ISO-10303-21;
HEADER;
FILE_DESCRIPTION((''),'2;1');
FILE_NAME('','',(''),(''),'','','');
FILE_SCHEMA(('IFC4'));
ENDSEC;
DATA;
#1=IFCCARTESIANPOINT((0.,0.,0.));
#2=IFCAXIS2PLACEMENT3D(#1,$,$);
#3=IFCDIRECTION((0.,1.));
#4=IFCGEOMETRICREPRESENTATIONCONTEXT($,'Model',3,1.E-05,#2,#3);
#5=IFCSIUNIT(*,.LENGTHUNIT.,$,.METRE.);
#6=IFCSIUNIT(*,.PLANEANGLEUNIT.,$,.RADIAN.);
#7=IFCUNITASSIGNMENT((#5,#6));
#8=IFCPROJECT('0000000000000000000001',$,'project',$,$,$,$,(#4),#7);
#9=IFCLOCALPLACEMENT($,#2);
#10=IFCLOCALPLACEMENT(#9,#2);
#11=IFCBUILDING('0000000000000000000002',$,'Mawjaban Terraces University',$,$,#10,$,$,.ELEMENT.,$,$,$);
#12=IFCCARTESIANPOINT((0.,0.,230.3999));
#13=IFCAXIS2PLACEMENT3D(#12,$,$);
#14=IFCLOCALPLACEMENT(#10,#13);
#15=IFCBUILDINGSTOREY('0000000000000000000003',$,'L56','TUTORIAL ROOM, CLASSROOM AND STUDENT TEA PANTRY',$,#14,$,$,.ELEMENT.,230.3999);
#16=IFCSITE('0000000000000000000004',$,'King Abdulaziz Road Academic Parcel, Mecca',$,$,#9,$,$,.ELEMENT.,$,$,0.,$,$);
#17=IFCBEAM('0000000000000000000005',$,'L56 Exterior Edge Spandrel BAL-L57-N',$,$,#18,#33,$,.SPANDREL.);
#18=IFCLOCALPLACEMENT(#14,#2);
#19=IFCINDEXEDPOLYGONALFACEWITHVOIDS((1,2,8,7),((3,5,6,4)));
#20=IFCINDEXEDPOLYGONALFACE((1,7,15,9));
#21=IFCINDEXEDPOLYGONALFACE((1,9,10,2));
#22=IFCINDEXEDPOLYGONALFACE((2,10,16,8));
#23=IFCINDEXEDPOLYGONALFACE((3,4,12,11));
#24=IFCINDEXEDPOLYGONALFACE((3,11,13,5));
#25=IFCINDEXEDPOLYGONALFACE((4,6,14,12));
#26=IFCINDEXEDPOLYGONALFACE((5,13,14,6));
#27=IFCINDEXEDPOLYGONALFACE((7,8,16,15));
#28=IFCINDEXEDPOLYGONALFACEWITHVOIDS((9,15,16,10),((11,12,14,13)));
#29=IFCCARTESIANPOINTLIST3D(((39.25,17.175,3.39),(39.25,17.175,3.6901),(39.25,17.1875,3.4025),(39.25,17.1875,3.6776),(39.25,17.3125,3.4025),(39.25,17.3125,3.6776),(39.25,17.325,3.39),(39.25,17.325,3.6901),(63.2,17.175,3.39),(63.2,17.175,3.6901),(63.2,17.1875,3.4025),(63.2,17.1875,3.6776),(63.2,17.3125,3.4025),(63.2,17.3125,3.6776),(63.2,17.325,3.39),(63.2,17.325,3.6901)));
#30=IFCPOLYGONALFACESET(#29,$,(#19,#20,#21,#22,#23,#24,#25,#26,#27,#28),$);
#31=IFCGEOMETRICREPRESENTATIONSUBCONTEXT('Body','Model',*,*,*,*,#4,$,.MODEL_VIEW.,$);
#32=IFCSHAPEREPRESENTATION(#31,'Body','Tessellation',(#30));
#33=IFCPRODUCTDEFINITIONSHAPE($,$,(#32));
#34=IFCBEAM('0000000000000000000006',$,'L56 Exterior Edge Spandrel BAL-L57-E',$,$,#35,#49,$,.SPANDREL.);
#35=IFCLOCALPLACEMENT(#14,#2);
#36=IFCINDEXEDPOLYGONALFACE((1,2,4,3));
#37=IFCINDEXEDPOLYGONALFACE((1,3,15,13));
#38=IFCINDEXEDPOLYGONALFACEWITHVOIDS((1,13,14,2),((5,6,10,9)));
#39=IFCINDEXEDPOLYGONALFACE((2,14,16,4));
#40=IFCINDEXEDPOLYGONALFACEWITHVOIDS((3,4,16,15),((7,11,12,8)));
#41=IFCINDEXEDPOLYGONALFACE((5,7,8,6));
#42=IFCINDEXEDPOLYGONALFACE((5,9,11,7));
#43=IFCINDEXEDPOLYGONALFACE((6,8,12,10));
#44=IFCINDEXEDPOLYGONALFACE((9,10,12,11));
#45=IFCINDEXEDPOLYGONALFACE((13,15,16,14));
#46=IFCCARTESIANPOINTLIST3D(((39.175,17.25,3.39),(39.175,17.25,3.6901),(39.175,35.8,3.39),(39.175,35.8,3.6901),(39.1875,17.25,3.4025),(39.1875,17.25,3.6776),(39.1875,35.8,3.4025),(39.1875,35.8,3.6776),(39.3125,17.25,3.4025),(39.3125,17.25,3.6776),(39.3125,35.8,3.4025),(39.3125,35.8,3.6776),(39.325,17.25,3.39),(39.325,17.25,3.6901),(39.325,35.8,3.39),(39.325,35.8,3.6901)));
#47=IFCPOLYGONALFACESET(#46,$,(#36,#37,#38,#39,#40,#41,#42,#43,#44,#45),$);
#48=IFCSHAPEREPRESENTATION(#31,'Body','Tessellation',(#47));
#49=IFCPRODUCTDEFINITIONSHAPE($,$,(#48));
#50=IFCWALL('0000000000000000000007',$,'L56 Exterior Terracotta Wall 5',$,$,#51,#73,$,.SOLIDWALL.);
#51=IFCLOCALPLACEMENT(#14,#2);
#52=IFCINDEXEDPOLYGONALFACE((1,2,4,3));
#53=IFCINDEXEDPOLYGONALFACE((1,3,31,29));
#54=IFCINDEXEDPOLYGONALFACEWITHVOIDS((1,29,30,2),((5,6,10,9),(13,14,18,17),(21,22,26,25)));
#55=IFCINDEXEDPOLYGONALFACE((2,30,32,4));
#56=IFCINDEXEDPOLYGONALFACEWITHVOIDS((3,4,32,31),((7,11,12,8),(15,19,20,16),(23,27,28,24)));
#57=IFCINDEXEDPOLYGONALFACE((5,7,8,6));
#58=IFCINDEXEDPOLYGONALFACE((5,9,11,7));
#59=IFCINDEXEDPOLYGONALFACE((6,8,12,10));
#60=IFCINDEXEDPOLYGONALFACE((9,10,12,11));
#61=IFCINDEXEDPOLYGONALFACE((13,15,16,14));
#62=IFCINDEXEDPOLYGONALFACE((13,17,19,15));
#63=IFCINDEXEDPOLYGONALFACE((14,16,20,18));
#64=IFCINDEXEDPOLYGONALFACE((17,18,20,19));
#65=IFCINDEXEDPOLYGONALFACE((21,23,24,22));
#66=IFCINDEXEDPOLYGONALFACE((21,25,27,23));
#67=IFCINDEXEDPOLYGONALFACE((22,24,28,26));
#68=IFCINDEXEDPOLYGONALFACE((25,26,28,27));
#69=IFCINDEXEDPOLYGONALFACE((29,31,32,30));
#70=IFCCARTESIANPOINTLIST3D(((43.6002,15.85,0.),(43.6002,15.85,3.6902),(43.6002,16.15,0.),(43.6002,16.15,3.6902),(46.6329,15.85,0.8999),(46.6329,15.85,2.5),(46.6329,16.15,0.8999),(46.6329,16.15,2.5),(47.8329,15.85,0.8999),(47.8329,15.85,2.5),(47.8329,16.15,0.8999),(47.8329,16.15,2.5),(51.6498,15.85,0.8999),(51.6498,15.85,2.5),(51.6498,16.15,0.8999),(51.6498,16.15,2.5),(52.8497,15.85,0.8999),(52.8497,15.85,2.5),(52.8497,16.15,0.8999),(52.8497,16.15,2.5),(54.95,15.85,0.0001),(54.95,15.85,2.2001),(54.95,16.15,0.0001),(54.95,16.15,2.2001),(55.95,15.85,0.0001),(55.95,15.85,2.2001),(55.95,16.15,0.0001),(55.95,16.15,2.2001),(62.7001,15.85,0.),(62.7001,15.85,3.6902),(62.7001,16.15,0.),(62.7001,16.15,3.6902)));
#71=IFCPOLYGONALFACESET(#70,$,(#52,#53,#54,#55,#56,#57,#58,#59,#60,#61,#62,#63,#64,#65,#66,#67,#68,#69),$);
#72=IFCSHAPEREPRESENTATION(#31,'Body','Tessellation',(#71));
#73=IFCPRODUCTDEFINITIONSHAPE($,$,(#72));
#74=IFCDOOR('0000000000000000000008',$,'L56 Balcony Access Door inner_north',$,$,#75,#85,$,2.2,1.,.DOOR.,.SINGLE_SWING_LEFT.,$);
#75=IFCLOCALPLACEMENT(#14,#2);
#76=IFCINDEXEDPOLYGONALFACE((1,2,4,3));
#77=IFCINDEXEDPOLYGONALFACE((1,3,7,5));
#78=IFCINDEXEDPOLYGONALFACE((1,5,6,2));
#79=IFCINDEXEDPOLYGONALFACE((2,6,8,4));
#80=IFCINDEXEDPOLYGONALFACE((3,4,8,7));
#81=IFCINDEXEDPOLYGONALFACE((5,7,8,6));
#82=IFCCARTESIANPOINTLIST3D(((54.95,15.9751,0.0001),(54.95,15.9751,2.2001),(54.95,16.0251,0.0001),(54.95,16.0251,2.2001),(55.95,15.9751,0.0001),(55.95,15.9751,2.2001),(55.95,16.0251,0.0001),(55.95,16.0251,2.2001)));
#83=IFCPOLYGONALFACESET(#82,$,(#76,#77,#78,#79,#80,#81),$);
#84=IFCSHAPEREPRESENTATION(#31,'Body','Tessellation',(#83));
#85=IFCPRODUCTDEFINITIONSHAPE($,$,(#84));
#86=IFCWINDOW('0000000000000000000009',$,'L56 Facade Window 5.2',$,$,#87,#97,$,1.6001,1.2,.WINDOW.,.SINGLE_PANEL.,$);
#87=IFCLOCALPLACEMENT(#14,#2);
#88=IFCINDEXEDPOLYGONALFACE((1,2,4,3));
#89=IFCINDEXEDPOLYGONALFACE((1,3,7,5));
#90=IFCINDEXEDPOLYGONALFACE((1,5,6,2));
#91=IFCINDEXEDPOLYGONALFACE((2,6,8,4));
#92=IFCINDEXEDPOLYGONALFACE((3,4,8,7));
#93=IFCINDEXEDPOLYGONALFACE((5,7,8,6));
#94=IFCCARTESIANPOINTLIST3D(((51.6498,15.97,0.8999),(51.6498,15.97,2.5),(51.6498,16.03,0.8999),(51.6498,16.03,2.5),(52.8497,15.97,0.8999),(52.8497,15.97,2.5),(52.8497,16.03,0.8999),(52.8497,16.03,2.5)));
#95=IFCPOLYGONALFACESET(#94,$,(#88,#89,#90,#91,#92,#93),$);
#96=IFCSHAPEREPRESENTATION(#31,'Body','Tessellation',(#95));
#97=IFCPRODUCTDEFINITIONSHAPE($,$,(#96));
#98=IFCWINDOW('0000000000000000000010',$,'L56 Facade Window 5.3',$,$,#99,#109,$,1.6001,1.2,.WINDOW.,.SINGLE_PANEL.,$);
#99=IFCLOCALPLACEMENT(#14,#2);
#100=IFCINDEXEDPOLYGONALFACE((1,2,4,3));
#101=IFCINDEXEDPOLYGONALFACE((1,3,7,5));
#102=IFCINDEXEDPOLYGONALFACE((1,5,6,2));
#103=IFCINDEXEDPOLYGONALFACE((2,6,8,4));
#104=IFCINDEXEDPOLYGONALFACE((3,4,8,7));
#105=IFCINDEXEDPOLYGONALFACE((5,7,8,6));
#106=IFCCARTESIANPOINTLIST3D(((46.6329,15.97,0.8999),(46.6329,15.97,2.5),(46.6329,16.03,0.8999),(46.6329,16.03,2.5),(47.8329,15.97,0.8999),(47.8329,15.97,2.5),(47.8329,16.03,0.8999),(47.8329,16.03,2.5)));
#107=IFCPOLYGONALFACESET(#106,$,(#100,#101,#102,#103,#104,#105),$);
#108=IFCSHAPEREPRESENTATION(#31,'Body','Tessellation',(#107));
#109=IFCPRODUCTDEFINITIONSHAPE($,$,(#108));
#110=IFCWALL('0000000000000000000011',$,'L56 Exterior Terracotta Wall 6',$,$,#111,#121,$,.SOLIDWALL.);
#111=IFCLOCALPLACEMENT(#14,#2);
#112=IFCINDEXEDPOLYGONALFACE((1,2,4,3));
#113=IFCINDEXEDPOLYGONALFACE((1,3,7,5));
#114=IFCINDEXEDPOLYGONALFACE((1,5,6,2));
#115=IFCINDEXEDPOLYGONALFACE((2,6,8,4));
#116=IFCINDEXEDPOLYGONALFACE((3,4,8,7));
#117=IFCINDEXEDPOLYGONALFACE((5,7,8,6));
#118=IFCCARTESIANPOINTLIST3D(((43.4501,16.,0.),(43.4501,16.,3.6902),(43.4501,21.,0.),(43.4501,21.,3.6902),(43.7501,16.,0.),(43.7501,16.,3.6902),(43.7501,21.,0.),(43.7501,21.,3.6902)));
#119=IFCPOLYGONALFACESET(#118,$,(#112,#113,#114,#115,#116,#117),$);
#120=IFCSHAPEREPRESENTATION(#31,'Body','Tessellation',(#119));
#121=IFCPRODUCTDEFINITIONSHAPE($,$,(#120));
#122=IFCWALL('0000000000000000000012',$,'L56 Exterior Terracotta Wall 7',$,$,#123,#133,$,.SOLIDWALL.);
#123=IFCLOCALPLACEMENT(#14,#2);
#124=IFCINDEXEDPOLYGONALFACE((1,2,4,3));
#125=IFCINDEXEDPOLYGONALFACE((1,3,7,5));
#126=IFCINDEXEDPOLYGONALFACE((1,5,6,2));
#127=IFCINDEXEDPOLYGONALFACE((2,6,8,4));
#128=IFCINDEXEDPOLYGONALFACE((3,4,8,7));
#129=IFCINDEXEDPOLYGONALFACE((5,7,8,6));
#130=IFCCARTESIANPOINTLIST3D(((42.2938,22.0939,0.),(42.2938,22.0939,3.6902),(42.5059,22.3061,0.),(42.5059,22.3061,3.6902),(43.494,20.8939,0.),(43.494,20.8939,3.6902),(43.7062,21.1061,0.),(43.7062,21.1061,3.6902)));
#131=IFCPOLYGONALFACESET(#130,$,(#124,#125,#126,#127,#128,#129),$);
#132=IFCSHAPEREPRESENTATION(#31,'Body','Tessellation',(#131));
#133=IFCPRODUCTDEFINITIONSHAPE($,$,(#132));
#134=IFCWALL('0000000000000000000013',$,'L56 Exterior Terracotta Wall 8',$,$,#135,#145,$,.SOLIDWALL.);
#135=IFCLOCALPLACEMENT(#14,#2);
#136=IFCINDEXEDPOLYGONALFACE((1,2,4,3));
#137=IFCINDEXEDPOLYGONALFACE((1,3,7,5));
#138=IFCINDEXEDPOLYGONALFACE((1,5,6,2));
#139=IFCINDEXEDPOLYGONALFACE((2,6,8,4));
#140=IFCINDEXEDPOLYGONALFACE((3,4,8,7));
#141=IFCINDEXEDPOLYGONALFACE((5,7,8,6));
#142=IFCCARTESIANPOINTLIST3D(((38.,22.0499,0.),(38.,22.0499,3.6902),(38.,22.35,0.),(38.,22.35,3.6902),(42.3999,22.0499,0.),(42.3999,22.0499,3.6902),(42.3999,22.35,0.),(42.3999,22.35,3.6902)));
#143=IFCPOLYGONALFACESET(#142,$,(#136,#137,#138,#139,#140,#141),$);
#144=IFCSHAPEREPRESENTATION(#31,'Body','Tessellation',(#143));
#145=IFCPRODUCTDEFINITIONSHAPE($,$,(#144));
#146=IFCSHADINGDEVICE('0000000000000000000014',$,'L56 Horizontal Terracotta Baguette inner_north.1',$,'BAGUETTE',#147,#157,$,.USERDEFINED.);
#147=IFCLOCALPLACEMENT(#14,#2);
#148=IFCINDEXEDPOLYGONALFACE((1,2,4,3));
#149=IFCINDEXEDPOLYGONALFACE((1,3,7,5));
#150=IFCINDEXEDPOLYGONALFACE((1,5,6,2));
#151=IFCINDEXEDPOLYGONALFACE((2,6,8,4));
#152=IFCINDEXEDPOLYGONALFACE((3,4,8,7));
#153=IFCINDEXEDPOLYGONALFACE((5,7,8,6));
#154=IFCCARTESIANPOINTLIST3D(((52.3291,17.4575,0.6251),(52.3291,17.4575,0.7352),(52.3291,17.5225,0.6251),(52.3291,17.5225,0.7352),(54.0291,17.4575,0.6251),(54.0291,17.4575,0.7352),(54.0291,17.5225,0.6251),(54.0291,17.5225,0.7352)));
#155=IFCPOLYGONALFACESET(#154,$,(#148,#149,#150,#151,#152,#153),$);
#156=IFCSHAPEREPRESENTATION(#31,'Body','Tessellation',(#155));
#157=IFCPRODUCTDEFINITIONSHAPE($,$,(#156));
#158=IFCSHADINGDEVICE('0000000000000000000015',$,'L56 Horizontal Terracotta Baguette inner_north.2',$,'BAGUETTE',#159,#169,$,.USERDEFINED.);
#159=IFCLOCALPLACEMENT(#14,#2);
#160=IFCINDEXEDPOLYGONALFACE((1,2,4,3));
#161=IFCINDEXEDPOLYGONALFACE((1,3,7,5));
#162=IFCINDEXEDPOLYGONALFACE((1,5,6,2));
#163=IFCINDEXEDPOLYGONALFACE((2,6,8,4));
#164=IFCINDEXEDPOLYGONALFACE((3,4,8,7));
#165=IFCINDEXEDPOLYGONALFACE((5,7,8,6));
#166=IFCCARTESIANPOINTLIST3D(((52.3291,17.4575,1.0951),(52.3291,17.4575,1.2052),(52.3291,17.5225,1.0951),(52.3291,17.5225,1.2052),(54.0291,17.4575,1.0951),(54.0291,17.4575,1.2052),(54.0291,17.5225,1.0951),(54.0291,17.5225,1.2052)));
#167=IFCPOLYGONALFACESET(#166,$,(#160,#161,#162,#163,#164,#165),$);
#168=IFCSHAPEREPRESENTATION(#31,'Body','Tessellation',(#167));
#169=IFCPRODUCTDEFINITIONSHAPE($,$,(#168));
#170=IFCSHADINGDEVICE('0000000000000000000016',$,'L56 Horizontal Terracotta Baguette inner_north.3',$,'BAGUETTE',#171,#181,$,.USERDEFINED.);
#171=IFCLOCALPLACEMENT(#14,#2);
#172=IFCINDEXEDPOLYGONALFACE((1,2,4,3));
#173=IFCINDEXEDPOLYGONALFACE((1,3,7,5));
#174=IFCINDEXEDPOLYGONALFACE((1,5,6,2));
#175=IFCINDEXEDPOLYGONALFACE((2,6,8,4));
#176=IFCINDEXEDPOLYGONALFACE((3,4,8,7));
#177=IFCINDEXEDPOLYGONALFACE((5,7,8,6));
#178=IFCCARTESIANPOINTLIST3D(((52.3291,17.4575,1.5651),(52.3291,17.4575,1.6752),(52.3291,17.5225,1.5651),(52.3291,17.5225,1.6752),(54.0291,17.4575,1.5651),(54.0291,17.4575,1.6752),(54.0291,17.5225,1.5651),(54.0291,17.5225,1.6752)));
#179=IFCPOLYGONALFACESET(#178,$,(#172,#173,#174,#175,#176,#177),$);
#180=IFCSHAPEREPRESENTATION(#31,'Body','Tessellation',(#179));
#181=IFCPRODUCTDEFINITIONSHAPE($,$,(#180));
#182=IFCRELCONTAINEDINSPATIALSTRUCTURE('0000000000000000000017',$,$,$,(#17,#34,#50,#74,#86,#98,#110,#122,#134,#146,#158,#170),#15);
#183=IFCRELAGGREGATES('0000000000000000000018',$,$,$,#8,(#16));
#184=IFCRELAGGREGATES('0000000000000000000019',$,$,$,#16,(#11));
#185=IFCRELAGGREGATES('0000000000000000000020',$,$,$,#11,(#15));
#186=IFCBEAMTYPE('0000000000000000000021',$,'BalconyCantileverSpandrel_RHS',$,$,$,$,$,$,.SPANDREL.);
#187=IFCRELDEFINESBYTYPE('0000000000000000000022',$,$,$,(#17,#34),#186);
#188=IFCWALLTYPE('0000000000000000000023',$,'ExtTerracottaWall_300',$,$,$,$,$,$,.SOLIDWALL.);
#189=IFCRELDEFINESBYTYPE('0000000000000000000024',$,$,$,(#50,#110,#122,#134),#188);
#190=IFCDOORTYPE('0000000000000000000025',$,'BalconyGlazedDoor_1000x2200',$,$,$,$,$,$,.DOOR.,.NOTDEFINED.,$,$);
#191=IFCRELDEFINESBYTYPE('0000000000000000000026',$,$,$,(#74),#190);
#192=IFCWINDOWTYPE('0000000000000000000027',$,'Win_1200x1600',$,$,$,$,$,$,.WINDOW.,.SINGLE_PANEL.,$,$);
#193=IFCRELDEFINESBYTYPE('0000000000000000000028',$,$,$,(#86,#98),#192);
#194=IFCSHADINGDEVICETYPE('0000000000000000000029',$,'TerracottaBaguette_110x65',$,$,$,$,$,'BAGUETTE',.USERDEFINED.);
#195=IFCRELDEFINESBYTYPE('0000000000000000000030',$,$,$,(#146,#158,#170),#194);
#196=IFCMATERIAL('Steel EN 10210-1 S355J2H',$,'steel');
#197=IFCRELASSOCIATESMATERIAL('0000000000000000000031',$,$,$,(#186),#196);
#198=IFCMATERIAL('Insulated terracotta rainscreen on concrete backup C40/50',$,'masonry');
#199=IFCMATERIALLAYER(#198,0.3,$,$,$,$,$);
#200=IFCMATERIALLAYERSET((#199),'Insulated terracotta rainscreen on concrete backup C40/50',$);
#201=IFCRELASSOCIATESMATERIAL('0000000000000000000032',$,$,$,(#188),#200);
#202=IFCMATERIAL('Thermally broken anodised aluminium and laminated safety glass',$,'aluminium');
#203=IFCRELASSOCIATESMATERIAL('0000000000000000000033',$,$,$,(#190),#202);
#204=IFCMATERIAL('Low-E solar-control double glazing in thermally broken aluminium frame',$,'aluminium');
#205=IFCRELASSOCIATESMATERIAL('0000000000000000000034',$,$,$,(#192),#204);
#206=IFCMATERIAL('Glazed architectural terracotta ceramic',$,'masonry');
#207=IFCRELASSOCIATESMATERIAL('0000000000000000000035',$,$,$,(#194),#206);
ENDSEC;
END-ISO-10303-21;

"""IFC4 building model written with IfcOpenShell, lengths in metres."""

from ifc_helpers import new_model, si_unit, direction, frame, frame_2d, origin, origin_2d, place, context, subcontext, project, spatial, rectangle, hollow_rectangle, extrude, material, layer, layer_set, material_profile, profile_set, type_object, element, fill, save


model = new_model("IFC4")

# Units and contexts
model_context = context("Model", 3, precision=1e-05, world=origin(), true_north=direction((0.0, 1.0)))
body_context = subcontext(model_context, "Body", "Model", "MODEL_VIEW")
ifc_project = project(units=[si_unit("LENGTHUNIT", "METRE"), si_unit("PLANEANGLEUNIT", "RADIAN")], contexts=[model_context])

# Site, building, storey
site_placement = place(None, origin())
site = spatial("IfcSite", under=ifc_project, at=site_placement, Name="King Abdulaziz Road Academic Parcel, Mecca", CompositionType="ELEMENT", RefElevation=0.0)
building_placement = place(site_placement, origin())
building = spatial("IfcBuilding", under=site, at=building_placement, Name="Mawjaban Terraces University", CompositionType="ELEMENT")
storey_placement = place(building_placement, frame((0.0, 0.0, 230.3999)))
storey = spatial("IfcBuildingStorey", under=building, at=storey_placement, Name="L56", Description="TUTORIAL ROOM, CLASSROOM AND STUDENT TEA PANTRY", CompositionType="ELEMENT", Elevation=230.3999)

# Beams
ifc_material_1 = material(Name="Steel EN 10210-1 S355J2H", Category="steel")
ifc_material_profile_1 = material_profile(ifc_material_1, hollow_rectangle(XDim=0.1499, YDim=0.3, WallThickness=0.0125, at=origin_2d()), Name="RHS300X150X12.5")
ifc_profile_set_1 = profile_set([ifc_material_profile_1], Name="Steel EN 10210-1 S355J2H")
beam_type = type_object("IfcBeamType", Name="BalconyCantileverSpandrel_RHS", PredefinedType="SPANDREL", material=ifc_profile_set_1)
beam_1_placement = place(storey_placement, frame((39.25, 17.25, 3.54), z_axis=(1.0, 0.0, 0.0), x_axis=(0.0, 1.0, 0.0)))
element("IfcBeam", 1, at=beam_1_placement, inside=storey, type_object=beam_type, Name="L56 Exterior Edge Spandrel BAL-L57-N", PredefinedType="SPANDREL", context=body_context, shape_type="SweptSolid", body=[
    extrude(hollow_rectangle(XDim=0.1499, YDim=0.3, WallThickness=0.0125, at=origin_2d()), origin(), (0.0, 0.0, 1.0), 23.95),
])
beam_2_placement = place(storey_placement, frame((39.25, 17.25, 3.54), z_axis=(0.0, 1.0, 0.0), x_axis=(-1.0, 0.0, 0.0)))
element("IfcBeam", 2, at=beam_2_placement, inside=storey, type_object=beam_type, Name="L56 Exterior Edge Spandrel BAL-L57-E", PredefinedType="SPANDREL", context=body_context, shape_type="SweptSolid", body=[
    extrude(hollow_rectangle(XDim=0.1499, YDim=0.3, WallThickness=0.0125, at=origin_2d()), origin(), (0.0, 0.0, 1.0), 18.55),
])

# Wall, openings, door, windows
ifc_material_2 = material(Name="Insulated terracotta rainscreen on concrete backup C40/50", Category="masonry")
ifc_layer_1 = layer(ifc_material_2, 0.3)
ifc_layer_set_1 = layer_set([ifc_layer_1], Name="Insulated terracotta rainscreen on concrete backup C40/50")
wall_type = type_object("IfcWallType", Name="ExtTerracottaWall_300", PredefinedType="SOLIDWALL", material=ifc_layer_set_1)
wall_1_placement = place(storey_placement, frame((62.7, 16.0, 0.0), z_axis=(0.0, 0.0, 1.0), x_axis=(-1.0, 0.0, 0.0)))
wall_1 = element("IfcWall", 3, at=wall_1_placement, inside=storey, type_object=wall_type, Name="L56 Exterior Terracotta Wall 5", PredefinedType="SOLIDWALL", context=body_context, shape_type="SweptSolid", body=[
    extrude(rectangle(XDim=19.0999, YDim=0.3, at=frame_2d((9.5498, 0.0))), origin(), (0.0, 0.0, 1.0), 3.6902),
])
opening_1_placement = place(wall_1_placement, frame((6.75, 0.0, 0.0)))
opening_1 = element("IfcOpeningElement", 4, at=opening_1_placement, cuts=wall_1, PredefinedType="OPENING", context=body_context, shape_type="SweptSolid", body=[
    extrude(rectangle(XDim=1.0, YDim=2.2, at=frame_2d((0.5, 1.1001))), frame((0.0, 0.1599, 0.0), z_axis=(0.0, -1.0, 0.0), x_axis=(1.0, 0.0, 0.0)), (0.0, 0.0, 1.0), 0.3201),
])
opening_2_placement = place(wall_1_placement, frame((9.8501, 0.0, 0.8999)))
opening_2 = element("IfcOpeningElement", 5, at=opening_2_placement, cuts=wall_1, PredefinedType="OPENING", context=body_context, shape_type="SweptSolid", body=[
    extrude(rectangle(XDim=1.2, YDim=1.6001, at=frame_2d((0.6001, 0.8))), frame((0.0, 0.1599, 0.0), z_axis=(0.0, -1.0, 0.0), x_axis=(1.0, 0.0, 0.0)), (0.0, 0.0, 1.0), 0.3201),
])
opening_3_placement = place(wall_1_placement, frame((14.8669, 0.0, 0.8999)))
opening_3 = element("IfcOpeningElement", 6, at=opening_3_placement, cuts=wall_1, PredefinedType="OPENING", context=body_context, shape_type="SweptSolid", body=[
    extrude(rectangle(XDim=1.2, YDim=1.6001, at=frame_2d((0.6001, 0.8))), frame((0.0, 0.1599, 0.0), z_axis=(0.0, -1.0, 0.0), x_axis=(1.0, 0.0, 0.0)), (0.0, 0.0, 1.0), 0.3201),
])
ifc_material_3 = material(Name="Thermally broken anodised aluminium and laminated safety glass", Category="aluminium")
door_type = type_object("IfcDoorType", Name="BalconyGlazedDoor_1000x2200", OperationType="NOTDEFINED", PredefinedType="DOOR", material=ifc_material_3)
door_placement = place(opening_1_placement, origin())
door = element("IfcDoor", 7, at=door_placement, inside=storey, type_object=door_type, Name="L56 Balcony Access Door inner_north", OperationType="SINGLE_SWING_LEFT", OverallHeight=2.2, OverallWidth=1.0, PredefinedType="DOOR", context=body_context, shape_type="SweptSolid", body=[
    extrude(rectangle(XDim=1.0, YDim=2.2, at=frame_2d((0.5, 1.1001))), frame((0.0, 0.0249, 0.0), z_axis=(0.0, -1.0, 0.0), x_axis=(1.0, 0.0, 0.0)), (0.0, 0.0, 1.0), 0.05),
])
fill(opening_1, door)
ifc_material_4 = material(Name="Low-E solar-control double glazing in thermally broken aluminium frame", Category="aluminium")
window_type = type_object("IfcWindowType", Name="Win_1200x1600", PartitioningType="SINGLE_PANEL", PredefinedType="WINDOW", material=ifc_material_4)
window_1_placement = place(opening_2_placement, origin())
window_1 = element("IfcWindow", 8, at=window_1_placement, inside=storey, type_object=window_type, Name="L56 Facade Window 5.2", OverallHeight=1.6001, OverallWidth=1.2, PartitioningType="SINGLE_PANEL", PredefinedType="WINDOW", context=body_context, shape_type="SweptSolid", body=[
    extrude(rectangle(XDim=1.2, YDim=1.6001, at=frame_2d((0.6001, 0.8))), frame((0.0, 0.03, 0.0), z_axis=(0.0, -1.0, 0.0), x_axis=(1.0, 0.0, 0.0)), (0.0, 0.0, 1.0), 0.0601),
])
fill(opening_2, window_1)
window_2_placement = place(opening_3_placement, origin())
window_2 = element("IfcWindow", 9, at=window_2_placement, inside=storey, type_object=window_type, Name="L56 Facade Window 5.3", OverallHeight=1.6001, OverallWidth=1.2, PartitioningType="SINGLE_PANEL", PredefinedType="WINDOW", context=body_context, shape_type="SweptSolid", body=[
    extrude(rectangle(XDim=1.2, YDim=1.6001, at=frame_2d((0.6001, 0.8))), frame((0.0, 0.03, 0.0), z_axis=(0.0, -1.0, 0.0), x_axis=(1.0, 0.0, 0.0)), (0.0, 0.0, 1.0), 0.0601),
])
fill(opening_3, window_2)

# Walls
wall_2_placement = place(storey_placement, frame((43.6001, 16.0, 0.0), z_axis=(0.0, 0.0, 1.0), x_axis=(0.0, 1.0, 0.0)))
element("IfcWall", 10, at=wall_2_placement, inside=storey, type_object=wall_type, Name="L56 Exterior Terracotta Wall 6", PredefinedType="SOLIDWALL", context=body_context, shape_type="SweptSolid", body=[
    extrude(rectangle(XDim=5.0, YDim=0.3, at=frame_2d((2.5, 0.0))), origin(), (0.0, 0.0, 1.0), 3.6902),
])
wall_3_placement = place(storey_placement, frame((43.6001, 21.0, 0.0), z_axis=(0.0, 0.0, 1.0), x_axis=(-0.707179, 0.707035, 0.0)))
element("IfcWall", 11, at=wall_3_placement, inside=storey, type_object=wall_type, Name="L56 Exterior Terracotta Wall 7", PredefinedType="SOLIDWALL", context=body_context, shape_type="SweptSolid", body=[
    extrude(rectangle(XDim=1.6973, YDim=0.3, at=frame_2d((0.8486, 0.0))), origin(), (0.0, 0.0, 1.0), 3.6902),
])
wall_4_placement = place(storey_placement, frame((42.3999, 22.2, 0.0), z_axis=(0.0, 0.0, 1.0), x_axis=(-1.0, 0.0, 0.0)))
element("IfcWall", 12, at=wall_4_placement, inside=storey, type_object=wall_type, Name="L56 Exterior Terracotta Wall 8", PredefinedType="SOLIDWALL", context=body_context, shape_type="SweptSolid", body=[
    extrude(rectangle(XDim=4.3999, YDim=0.3, at=frame_2d((2.2, 0.0))), origin(), (0.0, 0.0, 1.0), 3.6902),
])

# Shading devices
ifc_material_5 = material(Name="Glazed architectural terracotta ceramic", Category="masonry")
ifc_material_profile_2 = material_profile(ifc_material_5, rectangle(XDim=0.0649, YDim=0.1101, at=origin_2d()), Name="TBAG110X65")
ifc_profile_set_2 = profile_set([ifc_material_profile_2], Name="Glazed architectural terracotta ceramic")
shading_device_type_1 = type_object("IfcShadingDeviceType", Name="TerracottaBaguette_110x65", ElementType="BAGUETTE", PredefinedType="USERDEFINED", material=ifc_profile_set_2)
for number, where, z_axis, x_axis, name in (
    (13, (52.3291, 17.49, 0.6802), (1.0, 0.0, 0.0), (0.0, 1.0, 0.0), "L56 Horizontal Terracotta Baguette inner_north.1"),
    (14, (52.3291, 17.49, 1.1501), (1.0, 0.0, 0.0), (0.0, 1.0, 0.0), "L56 Horizontal Terracotta Baguette inner_north.2"),
    (15, (52.3291, 17.49, 1.6201), (1.0, 0.0, 0.0), (0.0, 1.0, 0.0), "L56 Horizontal Terracotta Baguette inner_north.3"),
):
    element("IfcShadingDevice", number, at=place(storey_placement, frame(where, z_axis=z_axis, x_axis=x_axis)), inside=storey, type_object=shading_device_type_1, Name=name, ObjectType="BAGUETTE", PredefinedType="USERDEFINED", context=body_context, shape_type="SweptSolid", body=[
        extrude(rectangle(XDim=0.0649, YDim=0.1101, at=origin_2d()), origin(), (0.0, 0.0, 1.0), 1.7),
    ])

save(model, "model.ifc")
